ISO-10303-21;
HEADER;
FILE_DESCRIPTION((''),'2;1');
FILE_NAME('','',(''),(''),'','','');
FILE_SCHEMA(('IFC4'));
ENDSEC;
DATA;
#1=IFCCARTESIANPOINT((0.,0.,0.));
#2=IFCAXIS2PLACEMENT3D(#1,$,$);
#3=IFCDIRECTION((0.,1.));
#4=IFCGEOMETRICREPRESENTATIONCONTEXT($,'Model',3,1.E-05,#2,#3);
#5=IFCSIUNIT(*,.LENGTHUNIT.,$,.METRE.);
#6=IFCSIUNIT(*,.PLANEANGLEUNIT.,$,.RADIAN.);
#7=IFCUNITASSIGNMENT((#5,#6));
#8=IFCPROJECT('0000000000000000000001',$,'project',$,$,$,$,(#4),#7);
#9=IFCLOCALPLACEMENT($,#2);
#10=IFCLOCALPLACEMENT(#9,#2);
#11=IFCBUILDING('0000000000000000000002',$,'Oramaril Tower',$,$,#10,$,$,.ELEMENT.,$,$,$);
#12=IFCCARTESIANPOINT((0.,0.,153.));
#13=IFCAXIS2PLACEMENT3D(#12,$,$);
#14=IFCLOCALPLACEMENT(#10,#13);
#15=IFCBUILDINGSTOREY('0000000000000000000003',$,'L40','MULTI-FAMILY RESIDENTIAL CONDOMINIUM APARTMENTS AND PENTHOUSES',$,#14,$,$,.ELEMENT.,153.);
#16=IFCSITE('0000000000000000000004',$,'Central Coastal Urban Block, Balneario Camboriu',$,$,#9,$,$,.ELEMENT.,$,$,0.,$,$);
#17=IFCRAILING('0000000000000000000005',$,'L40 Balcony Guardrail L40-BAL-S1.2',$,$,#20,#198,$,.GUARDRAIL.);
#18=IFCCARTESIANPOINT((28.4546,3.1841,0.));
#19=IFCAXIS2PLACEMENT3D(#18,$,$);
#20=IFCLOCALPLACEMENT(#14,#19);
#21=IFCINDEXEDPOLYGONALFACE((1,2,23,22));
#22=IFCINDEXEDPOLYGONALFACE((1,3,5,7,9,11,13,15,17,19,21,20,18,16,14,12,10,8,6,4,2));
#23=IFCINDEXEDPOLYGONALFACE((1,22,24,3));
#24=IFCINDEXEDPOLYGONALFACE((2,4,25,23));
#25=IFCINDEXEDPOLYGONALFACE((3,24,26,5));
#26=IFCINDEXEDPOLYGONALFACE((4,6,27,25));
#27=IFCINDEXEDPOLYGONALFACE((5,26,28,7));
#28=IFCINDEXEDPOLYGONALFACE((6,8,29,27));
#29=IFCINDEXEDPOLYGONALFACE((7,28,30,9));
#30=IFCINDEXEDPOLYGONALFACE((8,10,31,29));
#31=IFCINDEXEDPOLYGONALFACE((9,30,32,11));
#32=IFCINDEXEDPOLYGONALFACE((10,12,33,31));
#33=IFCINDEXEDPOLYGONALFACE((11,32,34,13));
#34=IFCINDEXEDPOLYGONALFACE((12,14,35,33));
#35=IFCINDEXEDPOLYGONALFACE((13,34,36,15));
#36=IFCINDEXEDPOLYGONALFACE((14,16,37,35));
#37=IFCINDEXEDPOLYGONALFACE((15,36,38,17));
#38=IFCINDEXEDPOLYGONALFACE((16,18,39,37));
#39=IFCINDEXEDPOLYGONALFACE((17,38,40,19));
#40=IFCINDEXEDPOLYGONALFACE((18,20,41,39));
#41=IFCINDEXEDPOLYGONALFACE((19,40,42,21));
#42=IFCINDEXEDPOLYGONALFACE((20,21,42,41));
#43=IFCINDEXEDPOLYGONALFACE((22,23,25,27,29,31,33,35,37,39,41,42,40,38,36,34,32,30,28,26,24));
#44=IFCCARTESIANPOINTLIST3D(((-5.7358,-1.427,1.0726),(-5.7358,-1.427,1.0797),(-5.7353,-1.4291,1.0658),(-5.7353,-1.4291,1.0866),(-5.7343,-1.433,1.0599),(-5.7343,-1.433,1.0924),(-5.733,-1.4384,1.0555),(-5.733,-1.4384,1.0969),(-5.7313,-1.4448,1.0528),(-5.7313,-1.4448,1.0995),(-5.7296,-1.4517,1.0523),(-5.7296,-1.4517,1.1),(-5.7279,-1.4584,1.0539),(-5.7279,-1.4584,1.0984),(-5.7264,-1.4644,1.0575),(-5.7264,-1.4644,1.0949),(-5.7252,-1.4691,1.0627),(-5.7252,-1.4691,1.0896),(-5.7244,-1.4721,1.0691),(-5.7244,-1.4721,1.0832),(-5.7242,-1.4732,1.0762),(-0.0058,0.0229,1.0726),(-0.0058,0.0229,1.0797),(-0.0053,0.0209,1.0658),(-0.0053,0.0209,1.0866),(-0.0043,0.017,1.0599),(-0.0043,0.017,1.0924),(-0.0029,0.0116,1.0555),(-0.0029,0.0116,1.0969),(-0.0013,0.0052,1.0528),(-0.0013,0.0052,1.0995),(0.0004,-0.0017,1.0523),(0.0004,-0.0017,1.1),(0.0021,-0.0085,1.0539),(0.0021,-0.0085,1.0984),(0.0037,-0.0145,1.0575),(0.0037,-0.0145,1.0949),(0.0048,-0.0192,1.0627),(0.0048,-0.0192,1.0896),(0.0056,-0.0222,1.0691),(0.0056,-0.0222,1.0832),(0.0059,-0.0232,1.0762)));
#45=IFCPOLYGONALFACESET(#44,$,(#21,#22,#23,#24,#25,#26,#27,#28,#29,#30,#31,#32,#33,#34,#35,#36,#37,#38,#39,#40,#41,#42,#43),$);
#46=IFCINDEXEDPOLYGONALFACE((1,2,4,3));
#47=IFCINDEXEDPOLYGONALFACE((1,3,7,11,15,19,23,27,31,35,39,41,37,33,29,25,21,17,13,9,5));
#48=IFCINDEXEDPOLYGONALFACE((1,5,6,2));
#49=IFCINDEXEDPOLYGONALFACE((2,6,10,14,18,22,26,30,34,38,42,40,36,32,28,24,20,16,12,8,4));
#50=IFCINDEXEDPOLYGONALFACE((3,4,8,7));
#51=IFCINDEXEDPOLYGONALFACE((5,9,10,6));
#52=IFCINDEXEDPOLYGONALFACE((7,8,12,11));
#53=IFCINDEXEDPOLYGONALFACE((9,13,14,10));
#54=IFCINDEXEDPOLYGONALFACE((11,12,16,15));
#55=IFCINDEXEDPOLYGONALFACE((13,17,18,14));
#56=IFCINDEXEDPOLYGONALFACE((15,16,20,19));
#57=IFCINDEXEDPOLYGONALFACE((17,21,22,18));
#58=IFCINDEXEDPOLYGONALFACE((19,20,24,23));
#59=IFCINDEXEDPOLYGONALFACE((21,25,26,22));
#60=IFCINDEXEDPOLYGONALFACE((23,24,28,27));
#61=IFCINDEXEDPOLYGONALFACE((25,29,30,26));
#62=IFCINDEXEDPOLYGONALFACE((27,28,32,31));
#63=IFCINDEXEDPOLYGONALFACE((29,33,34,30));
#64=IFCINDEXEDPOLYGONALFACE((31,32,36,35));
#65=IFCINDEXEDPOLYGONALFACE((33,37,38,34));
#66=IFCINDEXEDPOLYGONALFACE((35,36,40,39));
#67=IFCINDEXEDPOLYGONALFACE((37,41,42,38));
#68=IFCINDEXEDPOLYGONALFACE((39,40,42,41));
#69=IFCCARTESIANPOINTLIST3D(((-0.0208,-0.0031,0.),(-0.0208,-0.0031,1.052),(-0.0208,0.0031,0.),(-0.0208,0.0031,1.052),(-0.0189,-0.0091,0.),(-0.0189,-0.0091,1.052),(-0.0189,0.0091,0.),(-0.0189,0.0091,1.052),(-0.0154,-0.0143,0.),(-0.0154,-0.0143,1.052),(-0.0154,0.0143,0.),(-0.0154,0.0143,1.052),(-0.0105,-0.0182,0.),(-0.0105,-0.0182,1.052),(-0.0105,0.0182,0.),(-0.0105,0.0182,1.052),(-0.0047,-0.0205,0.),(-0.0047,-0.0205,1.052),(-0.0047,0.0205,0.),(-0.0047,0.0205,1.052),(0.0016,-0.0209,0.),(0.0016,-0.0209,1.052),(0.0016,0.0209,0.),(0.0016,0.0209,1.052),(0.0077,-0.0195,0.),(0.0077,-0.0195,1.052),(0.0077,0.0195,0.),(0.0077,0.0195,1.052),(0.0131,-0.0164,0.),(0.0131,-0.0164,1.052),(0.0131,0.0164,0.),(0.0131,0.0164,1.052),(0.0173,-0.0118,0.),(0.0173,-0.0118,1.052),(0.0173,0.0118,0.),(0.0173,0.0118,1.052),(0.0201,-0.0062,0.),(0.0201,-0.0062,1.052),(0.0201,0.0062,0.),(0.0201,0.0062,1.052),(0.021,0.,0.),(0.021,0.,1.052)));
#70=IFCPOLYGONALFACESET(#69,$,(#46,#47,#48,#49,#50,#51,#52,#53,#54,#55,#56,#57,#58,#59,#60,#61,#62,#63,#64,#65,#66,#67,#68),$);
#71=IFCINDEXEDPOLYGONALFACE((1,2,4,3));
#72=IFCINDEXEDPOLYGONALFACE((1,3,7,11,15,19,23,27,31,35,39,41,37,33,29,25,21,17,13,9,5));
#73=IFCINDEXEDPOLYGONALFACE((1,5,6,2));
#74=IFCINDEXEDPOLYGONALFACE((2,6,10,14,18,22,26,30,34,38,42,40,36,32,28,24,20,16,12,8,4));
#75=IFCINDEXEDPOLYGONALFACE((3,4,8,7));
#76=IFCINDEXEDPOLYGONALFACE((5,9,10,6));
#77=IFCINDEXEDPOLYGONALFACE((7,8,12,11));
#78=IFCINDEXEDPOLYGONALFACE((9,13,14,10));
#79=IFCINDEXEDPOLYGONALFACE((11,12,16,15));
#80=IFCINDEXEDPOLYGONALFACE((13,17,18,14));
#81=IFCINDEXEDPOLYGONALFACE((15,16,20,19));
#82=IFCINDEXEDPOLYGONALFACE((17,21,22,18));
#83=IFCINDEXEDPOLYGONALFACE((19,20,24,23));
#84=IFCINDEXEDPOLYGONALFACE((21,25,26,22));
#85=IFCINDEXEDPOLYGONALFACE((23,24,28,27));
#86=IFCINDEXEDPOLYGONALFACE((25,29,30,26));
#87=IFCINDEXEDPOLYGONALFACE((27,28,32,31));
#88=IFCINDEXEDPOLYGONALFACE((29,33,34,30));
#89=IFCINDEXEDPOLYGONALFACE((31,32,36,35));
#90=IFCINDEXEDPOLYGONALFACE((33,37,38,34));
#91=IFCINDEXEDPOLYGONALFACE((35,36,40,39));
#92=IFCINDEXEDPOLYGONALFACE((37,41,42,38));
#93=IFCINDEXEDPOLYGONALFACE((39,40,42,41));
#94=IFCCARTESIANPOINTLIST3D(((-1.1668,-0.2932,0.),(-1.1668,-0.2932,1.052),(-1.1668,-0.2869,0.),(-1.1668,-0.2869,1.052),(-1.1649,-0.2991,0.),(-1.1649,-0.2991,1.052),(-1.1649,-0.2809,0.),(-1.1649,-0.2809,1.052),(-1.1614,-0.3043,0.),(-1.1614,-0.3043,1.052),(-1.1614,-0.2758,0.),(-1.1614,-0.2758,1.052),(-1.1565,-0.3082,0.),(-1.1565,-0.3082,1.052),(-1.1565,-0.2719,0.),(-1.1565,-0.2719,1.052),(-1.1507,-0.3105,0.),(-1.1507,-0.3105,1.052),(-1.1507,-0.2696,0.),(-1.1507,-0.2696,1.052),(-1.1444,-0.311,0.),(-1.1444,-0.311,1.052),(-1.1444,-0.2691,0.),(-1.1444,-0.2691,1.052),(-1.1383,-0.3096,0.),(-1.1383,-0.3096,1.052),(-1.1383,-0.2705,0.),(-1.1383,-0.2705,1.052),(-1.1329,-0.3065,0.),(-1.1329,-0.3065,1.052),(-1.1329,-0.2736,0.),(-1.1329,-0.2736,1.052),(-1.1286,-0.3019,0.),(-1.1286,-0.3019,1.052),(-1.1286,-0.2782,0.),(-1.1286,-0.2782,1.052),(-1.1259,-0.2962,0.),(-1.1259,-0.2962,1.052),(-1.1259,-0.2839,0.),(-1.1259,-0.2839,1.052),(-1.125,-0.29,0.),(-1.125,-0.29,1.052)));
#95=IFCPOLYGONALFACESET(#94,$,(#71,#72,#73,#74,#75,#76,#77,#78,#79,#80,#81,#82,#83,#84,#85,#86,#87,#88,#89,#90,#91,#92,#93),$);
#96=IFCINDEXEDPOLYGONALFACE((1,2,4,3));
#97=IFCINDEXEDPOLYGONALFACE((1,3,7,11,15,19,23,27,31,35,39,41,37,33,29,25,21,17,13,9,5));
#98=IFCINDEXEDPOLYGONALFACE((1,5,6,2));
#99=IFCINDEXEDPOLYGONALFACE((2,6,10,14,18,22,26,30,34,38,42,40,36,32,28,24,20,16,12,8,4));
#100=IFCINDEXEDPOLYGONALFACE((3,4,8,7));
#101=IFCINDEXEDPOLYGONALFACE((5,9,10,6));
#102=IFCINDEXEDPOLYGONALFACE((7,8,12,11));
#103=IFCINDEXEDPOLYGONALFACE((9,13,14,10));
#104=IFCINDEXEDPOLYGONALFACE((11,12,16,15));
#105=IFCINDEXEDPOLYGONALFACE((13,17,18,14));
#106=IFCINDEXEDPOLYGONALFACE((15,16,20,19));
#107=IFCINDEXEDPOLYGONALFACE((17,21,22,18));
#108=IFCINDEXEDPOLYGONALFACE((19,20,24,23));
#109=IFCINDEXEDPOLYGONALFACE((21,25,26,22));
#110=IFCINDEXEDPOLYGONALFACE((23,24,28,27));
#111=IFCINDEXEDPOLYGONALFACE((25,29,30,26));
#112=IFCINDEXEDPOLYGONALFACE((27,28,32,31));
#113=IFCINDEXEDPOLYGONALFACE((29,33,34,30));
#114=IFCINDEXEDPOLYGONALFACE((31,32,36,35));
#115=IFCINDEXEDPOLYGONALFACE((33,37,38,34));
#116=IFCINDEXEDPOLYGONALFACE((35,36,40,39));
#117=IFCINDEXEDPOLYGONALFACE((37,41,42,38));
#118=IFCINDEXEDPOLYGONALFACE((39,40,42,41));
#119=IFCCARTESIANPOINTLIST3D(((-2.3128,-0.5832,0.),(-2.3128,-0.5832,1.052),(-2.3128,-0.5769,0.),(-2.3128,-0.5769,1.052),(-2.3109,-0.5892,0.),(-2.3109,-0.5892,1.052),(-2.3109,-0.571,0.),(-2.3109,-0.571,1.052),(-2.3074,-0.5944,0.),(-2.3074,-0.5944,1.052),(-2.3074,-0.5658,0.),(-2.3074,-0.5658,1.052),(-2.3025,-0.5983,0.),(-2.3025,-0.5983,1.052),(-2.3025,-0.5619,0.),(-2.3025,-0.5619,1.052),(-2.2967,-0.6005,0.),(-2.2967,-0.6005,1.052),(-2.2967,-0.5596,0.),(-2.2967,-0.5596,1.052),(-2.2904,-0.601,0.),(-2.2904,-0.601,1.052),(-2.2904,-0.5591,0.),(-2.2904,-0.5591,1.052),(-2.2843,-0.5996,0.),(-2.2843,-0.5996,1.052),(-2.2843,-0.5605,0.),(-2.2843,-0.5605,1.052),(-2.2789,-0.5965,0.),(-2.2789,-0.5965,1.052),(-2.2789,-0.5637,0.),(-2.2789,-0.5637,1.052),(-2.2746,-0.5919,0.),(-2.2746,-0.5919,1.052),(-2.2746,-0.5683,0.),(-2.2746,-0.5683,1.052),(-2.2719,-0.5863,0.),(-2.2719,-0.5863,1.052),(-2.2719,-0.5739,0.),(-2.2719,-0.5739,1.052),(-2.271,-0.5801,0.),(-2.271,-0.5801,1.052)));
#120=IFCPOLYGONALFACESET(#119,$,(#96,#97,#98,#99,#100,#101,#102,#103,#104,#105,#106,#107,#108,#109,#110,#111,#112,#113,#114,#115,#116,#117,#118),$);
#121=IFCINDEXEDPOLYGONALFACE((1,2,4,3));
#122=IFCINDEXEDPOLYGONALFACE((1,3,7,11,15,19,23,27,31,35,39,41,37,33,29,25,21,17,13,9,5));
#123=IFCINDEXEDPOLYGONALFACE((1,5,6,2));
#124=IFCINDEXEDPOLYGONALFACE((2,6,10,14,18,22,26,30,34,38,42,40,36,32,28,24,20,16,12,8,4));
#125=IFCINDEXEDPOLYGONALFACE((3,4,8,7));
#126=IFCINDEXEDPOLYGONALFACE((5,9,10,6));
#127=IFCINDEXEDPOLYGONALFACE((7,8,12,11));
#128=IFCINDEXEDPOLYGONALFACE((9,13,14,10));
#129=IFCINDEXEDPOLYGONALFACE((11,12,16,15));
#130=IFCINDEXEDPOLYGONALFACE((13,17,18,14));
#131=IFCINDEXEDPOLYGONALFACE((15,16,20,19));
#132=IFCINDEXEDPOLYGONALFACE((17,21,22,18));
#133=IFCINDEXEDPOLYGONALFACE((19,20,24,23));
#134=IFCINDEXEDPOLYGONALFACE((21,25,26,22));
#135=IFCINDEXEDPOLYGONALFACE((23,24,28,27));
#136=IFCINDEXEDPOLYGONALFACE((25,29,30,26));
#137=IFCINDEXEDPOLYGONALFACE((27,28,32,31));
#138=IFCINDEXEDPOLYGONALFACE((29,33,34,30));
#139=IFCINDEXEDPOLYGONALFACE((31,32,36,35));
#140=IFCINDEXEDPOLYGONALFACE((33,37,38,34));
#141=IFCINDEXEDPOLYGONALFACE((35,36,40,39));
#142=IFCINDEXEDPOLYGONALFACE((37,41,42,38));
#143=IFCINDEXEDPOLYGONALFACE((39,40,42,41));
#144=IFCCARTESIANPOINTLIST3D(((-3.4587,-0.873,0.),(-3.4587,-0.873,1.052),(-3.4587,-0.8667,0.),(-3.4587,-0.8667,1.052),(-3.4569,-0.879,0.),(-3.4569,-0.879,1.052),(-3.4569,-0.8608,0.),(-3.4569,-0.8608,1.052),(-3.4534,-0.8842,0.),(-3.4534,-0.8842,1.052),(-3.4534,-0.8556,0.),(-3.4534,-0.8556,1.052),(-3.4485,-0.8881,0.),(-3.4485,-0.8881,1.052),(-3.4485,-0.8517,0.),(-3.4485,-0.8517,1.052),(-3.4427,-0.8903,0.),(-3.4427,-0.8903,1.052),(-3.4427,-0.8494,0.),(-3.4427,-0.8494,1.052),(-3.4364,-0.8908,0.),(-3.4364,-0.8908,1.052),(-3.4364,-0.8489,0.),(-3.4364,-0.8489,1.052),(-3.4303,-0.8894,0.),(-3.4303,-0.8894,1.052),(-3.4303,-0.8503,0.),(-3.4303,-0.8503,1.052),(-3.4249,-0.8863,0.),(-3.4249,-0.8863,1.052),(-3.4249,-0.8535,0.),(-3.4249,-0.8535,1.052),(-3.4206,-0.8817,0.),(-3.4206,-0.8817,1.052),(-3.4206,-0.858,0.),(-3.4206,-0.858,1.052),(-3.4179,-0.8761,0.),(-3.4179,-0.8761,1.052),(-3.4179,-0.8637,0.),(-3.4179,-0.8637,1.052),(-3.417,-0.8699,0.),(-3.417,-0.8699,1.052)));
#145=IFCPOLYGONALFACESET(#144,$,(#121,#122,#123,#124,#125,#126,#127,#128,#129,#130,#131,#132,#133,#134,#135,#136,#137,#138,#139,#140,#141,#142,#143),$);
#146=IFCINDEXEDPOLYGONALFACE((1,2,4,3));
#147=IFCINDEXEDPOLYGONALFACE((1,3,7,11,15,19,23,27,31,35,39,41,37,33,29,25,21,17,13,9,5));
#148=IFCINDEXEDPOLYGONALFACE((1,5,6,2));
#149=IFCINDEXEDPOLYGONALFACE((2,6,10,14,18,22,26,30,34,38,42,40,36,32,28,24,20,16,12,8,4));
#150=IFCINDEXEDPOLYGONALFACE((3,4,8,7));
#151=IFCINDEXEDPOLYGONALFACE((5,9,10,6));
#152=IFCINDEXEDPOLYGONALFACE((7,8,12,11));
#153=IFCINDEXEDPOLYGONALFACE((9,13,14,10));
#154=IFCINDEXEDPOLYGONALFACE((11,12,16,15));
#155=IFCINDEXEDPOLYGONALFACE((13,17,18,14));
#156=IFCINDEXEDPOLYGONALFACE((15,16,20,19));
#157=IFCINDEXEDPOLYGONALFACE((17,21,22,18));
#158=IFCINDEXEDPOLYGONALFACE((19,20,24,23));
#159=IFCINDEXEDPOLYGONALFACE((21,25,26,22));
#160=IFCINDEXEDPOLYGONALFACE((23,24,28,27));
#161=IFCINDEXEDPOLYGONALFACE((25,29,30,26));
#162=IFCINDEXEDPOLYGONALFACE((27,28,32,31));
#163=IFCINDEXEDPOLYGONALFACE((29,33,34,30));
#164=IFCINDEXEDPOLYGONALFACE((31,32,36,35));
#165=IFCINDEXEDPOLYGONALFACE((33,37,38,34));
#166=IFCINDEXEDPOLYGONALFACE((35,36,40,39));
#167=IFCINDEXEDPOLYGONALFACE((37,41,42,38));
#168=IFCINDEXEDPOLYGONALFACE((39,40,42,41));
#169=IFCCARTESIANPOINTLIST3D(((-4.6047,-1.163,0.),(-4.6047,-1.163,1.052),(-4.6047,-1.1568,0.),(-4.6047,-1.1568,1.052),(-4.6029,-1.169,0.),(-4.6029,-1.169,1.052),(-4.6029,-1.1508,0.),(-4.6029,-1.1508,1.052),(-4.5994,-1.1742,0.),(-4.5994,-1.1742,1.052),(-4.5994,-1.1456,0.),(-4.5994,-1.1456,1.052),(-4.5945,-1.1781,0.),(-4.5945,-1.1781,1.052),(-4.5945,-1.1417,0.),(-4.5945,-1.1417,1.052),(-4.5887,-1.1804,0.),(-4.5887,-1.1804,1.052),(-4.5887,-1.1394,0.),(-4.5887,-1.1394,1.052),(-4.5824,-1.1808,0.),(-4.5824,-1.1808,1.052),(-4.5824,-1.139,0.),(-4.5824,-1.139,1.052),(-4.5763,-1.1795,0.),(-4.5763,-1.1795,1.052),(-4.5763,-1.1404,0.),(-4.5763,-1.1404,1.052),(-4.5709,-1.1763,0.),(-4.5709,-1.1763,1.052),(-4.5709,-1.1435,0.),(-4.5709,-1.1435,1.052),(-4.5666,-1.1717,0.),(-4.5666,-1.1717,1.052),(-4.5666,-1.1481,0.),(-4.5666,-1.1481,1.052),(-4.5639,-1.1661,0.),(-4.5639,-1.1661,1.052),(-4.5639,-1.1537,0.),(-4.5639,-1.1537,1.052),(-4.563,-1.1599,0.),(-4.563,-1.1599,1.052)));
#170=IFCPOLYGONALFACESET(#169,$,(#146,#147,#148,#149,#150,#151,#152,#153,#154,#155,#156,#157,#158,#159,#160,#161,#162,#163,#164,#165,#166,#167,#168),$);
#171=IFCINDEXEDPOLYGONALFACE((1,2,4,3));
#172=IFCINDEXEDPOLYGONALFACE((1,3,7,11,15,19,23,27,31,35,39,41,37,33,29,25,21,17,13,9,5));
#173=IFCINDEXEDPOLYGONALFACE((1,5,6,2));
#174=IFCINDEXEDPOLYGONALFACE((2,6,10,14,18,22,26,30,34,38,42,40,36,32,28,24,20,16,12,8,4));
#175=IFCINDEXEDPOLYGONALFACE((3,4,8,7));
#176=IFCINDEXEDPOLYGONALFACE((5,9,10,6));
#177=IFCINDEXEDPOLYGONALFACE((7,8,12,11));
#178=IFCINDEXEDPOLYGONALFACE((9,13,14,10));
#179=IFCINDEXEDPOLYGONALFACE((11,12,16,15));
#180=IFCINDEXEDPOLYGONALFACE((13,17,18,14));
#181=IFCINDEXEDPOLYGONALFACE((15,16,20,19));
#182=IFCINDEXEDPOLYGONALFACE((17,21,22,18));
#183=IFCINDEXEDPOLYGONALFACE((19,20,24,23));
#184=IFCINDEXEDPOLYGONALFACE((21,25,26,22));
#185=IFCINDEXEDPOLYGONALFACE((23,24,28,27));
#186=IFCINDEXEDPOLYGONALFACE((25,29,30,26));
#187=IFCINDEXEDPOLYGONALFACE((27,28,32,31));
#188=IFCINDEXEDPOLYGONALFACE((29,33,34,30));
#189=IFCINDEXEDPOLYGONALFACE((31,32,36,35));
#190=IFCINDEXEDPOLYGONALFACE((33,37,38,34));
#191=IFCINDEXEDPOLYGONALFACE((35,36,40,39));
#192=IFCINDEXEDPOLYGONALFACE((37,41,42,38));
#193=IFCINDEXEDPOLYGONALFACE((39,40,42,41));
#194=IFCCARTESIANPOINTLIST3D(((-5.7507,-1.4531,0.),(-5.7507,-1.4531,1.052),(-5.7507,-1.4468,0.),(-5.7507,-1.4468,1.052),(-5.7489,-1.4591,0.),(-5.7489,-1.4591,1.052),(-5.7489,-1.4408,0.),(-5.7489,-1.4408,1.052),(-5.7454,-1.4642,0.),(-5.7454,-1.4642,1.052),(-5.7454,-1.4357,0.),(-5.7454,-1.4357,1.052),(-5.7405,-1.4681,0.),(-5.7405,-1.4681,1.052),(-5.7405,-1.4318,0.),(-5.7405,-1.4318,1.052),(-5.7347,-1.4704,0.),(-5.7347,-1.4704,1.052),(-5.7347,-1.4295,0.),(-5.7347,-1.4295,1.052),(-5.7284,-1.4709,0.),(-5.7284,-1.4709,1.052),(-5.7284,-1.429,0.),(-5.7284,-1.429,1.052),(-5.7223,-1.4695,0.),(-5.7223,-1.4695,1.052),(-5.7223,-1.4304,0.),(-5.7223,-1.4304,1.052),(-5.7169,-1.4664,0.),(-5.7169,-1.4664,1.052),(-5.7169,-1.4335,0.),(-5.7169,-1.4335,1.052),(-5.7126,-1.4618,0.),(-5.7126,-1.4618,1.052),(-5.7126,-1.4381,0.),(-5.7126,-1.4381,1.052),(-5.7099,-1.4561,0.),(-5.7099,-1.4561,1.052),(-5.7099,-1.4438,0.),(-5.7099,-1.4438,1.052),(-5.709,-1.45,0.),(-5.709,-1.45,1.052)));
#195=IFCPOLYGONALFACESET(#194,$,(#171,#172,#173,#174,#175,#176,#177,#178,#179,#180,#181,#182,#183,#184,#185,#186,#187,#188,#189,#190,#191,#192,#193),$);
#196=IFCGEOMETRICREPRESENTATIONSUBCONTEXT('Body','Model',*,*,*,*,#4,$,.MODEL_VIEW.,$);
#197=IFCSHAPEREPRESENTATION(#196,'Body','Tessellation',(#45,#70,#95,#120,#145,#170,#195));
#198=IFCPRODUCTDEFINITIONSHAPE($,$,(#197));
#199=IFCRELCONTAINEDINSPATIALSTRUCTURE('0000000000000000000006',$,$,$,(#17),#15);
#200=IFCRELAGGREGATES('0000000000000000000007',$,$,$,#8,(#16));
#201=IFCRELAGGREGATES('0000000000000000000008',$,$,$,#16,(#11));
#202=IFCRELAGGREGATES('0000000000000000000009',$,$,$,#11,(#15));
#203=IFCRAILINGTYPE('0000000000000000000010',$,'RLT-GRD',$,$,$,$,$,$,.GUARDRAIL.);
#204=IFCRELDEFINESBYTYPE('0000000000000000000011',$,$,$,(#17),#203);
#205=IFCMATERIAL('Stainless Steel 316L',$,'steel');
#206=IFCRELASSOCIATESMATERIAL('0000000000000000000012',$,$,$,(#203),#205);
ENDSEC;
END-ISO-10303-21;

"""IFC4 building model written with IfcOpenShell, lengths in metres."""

from ifc_helpers import new_model, si_unit, direction, frame, origin, origin_2d, place, context, subcontext, project, spatial, circle, extrude, material, type_object, element, save


model = new_model("IFC4")

# Units and contexts
model_context = context("Model", 3, precision=1e-05, world=origin(), true_north=direction((0.0, 1.0)))
body_context = subcontext(model_context, "Body", "Model", "MODEL_VIEW")
ifc_project = project(units=[si_unit("LENGTHUNIT", "METRE"), si_unit("PLANEANGLEUNIT", "RADIAN")], contexts=[model_context])

# Site, building, storey
site_placement = place(None, origin())
site = spatial("IfcSite", under=ifc_project, at=site_placement, Name="Central Coastal Urban Block, Balneario Camboriu", CompositionType="ELEMENT", RefElevation=0.0)
building_placement = place(site_placement, origin())
building = spatial("IfcBuilding", under=site, at=building_placement, Name="Oramaril Tower", CompositionType="ELEMENT")
storey_placement = place(building_placement, frame((0.0, 0.0, 153.0)))
storey = spatial("IfcBuildingStorey", under=building, at=storey_placement, Name="L40", Description="MULTI-FAMILY RESIDENTIAL CONDOMINIUM APARTMENTS AND PENTHOUSES", CompositionType="ELEMENT", Elevation=153.0)

# Railing
ifc_material_1 = material(Name="Stainless Steel 316L", Category="steel")
railing_type = type_object("IfcRailingType", Name="RLT-GRD", PredefinedType="GUARDRAIL", material=ifc_material_1)
railing_1_placement = place(storey_placement, frame((28.4546, 3.1841, 0.0)))
element("IfcRailing", 1, at=railing_1_placement, inside=storey, type_object=railing_type, Name="L40 Balcony Guardrail L40-BAL-S1.2", PredefinedType="GUARDRAIL", context=body_context, shape_type="SweptSolid", body=[
    extrude(circle(Radius=0.0239, at=origin_2d()), frame((0.0, 0.0, 1.0762), z_axis=(-0.969444, -0.245314, 0.0), x_axis=(0.245314, -0.969444, 0.0)), (0.0, 0.0, 1.0), 5.9106),
    extrude(circle(Radius=0.021, at=origin_2d()), origin(), (0.0, 0.0, 1.0), 1.052),
    extrude(circle(Radius=0.021, at=origin_2d()), frame((-1.146, -0.29, 0.0)), (0.0, 0.0, 1.0), 1.052),
    extrude(circle(Radius=0.021, at=origin_2d()), frame((-2.292, -0.5801, 0.0)), (0.0, 0.0, 1.0), 1.052),
    extrude(circle(Radius=0.021, at=origin_2d()), frame((-3.438, -0.8699, 0.0)), (0.0, 0.0, 1.0), 1.052),
    extrude(circle(Radius=0.021, at=origin_2d()), frame((-4.584, -1.1599, 0.0)), (0.0, 0.0, 1.0), 1.052),
    extrude(circle(Radius=0.021, at=origin_2d()), frame((-5.73, -1.45, 0.0)), (0.0, 0.0, 1.0), 1.052),
])

save(model, "model.ifc")
